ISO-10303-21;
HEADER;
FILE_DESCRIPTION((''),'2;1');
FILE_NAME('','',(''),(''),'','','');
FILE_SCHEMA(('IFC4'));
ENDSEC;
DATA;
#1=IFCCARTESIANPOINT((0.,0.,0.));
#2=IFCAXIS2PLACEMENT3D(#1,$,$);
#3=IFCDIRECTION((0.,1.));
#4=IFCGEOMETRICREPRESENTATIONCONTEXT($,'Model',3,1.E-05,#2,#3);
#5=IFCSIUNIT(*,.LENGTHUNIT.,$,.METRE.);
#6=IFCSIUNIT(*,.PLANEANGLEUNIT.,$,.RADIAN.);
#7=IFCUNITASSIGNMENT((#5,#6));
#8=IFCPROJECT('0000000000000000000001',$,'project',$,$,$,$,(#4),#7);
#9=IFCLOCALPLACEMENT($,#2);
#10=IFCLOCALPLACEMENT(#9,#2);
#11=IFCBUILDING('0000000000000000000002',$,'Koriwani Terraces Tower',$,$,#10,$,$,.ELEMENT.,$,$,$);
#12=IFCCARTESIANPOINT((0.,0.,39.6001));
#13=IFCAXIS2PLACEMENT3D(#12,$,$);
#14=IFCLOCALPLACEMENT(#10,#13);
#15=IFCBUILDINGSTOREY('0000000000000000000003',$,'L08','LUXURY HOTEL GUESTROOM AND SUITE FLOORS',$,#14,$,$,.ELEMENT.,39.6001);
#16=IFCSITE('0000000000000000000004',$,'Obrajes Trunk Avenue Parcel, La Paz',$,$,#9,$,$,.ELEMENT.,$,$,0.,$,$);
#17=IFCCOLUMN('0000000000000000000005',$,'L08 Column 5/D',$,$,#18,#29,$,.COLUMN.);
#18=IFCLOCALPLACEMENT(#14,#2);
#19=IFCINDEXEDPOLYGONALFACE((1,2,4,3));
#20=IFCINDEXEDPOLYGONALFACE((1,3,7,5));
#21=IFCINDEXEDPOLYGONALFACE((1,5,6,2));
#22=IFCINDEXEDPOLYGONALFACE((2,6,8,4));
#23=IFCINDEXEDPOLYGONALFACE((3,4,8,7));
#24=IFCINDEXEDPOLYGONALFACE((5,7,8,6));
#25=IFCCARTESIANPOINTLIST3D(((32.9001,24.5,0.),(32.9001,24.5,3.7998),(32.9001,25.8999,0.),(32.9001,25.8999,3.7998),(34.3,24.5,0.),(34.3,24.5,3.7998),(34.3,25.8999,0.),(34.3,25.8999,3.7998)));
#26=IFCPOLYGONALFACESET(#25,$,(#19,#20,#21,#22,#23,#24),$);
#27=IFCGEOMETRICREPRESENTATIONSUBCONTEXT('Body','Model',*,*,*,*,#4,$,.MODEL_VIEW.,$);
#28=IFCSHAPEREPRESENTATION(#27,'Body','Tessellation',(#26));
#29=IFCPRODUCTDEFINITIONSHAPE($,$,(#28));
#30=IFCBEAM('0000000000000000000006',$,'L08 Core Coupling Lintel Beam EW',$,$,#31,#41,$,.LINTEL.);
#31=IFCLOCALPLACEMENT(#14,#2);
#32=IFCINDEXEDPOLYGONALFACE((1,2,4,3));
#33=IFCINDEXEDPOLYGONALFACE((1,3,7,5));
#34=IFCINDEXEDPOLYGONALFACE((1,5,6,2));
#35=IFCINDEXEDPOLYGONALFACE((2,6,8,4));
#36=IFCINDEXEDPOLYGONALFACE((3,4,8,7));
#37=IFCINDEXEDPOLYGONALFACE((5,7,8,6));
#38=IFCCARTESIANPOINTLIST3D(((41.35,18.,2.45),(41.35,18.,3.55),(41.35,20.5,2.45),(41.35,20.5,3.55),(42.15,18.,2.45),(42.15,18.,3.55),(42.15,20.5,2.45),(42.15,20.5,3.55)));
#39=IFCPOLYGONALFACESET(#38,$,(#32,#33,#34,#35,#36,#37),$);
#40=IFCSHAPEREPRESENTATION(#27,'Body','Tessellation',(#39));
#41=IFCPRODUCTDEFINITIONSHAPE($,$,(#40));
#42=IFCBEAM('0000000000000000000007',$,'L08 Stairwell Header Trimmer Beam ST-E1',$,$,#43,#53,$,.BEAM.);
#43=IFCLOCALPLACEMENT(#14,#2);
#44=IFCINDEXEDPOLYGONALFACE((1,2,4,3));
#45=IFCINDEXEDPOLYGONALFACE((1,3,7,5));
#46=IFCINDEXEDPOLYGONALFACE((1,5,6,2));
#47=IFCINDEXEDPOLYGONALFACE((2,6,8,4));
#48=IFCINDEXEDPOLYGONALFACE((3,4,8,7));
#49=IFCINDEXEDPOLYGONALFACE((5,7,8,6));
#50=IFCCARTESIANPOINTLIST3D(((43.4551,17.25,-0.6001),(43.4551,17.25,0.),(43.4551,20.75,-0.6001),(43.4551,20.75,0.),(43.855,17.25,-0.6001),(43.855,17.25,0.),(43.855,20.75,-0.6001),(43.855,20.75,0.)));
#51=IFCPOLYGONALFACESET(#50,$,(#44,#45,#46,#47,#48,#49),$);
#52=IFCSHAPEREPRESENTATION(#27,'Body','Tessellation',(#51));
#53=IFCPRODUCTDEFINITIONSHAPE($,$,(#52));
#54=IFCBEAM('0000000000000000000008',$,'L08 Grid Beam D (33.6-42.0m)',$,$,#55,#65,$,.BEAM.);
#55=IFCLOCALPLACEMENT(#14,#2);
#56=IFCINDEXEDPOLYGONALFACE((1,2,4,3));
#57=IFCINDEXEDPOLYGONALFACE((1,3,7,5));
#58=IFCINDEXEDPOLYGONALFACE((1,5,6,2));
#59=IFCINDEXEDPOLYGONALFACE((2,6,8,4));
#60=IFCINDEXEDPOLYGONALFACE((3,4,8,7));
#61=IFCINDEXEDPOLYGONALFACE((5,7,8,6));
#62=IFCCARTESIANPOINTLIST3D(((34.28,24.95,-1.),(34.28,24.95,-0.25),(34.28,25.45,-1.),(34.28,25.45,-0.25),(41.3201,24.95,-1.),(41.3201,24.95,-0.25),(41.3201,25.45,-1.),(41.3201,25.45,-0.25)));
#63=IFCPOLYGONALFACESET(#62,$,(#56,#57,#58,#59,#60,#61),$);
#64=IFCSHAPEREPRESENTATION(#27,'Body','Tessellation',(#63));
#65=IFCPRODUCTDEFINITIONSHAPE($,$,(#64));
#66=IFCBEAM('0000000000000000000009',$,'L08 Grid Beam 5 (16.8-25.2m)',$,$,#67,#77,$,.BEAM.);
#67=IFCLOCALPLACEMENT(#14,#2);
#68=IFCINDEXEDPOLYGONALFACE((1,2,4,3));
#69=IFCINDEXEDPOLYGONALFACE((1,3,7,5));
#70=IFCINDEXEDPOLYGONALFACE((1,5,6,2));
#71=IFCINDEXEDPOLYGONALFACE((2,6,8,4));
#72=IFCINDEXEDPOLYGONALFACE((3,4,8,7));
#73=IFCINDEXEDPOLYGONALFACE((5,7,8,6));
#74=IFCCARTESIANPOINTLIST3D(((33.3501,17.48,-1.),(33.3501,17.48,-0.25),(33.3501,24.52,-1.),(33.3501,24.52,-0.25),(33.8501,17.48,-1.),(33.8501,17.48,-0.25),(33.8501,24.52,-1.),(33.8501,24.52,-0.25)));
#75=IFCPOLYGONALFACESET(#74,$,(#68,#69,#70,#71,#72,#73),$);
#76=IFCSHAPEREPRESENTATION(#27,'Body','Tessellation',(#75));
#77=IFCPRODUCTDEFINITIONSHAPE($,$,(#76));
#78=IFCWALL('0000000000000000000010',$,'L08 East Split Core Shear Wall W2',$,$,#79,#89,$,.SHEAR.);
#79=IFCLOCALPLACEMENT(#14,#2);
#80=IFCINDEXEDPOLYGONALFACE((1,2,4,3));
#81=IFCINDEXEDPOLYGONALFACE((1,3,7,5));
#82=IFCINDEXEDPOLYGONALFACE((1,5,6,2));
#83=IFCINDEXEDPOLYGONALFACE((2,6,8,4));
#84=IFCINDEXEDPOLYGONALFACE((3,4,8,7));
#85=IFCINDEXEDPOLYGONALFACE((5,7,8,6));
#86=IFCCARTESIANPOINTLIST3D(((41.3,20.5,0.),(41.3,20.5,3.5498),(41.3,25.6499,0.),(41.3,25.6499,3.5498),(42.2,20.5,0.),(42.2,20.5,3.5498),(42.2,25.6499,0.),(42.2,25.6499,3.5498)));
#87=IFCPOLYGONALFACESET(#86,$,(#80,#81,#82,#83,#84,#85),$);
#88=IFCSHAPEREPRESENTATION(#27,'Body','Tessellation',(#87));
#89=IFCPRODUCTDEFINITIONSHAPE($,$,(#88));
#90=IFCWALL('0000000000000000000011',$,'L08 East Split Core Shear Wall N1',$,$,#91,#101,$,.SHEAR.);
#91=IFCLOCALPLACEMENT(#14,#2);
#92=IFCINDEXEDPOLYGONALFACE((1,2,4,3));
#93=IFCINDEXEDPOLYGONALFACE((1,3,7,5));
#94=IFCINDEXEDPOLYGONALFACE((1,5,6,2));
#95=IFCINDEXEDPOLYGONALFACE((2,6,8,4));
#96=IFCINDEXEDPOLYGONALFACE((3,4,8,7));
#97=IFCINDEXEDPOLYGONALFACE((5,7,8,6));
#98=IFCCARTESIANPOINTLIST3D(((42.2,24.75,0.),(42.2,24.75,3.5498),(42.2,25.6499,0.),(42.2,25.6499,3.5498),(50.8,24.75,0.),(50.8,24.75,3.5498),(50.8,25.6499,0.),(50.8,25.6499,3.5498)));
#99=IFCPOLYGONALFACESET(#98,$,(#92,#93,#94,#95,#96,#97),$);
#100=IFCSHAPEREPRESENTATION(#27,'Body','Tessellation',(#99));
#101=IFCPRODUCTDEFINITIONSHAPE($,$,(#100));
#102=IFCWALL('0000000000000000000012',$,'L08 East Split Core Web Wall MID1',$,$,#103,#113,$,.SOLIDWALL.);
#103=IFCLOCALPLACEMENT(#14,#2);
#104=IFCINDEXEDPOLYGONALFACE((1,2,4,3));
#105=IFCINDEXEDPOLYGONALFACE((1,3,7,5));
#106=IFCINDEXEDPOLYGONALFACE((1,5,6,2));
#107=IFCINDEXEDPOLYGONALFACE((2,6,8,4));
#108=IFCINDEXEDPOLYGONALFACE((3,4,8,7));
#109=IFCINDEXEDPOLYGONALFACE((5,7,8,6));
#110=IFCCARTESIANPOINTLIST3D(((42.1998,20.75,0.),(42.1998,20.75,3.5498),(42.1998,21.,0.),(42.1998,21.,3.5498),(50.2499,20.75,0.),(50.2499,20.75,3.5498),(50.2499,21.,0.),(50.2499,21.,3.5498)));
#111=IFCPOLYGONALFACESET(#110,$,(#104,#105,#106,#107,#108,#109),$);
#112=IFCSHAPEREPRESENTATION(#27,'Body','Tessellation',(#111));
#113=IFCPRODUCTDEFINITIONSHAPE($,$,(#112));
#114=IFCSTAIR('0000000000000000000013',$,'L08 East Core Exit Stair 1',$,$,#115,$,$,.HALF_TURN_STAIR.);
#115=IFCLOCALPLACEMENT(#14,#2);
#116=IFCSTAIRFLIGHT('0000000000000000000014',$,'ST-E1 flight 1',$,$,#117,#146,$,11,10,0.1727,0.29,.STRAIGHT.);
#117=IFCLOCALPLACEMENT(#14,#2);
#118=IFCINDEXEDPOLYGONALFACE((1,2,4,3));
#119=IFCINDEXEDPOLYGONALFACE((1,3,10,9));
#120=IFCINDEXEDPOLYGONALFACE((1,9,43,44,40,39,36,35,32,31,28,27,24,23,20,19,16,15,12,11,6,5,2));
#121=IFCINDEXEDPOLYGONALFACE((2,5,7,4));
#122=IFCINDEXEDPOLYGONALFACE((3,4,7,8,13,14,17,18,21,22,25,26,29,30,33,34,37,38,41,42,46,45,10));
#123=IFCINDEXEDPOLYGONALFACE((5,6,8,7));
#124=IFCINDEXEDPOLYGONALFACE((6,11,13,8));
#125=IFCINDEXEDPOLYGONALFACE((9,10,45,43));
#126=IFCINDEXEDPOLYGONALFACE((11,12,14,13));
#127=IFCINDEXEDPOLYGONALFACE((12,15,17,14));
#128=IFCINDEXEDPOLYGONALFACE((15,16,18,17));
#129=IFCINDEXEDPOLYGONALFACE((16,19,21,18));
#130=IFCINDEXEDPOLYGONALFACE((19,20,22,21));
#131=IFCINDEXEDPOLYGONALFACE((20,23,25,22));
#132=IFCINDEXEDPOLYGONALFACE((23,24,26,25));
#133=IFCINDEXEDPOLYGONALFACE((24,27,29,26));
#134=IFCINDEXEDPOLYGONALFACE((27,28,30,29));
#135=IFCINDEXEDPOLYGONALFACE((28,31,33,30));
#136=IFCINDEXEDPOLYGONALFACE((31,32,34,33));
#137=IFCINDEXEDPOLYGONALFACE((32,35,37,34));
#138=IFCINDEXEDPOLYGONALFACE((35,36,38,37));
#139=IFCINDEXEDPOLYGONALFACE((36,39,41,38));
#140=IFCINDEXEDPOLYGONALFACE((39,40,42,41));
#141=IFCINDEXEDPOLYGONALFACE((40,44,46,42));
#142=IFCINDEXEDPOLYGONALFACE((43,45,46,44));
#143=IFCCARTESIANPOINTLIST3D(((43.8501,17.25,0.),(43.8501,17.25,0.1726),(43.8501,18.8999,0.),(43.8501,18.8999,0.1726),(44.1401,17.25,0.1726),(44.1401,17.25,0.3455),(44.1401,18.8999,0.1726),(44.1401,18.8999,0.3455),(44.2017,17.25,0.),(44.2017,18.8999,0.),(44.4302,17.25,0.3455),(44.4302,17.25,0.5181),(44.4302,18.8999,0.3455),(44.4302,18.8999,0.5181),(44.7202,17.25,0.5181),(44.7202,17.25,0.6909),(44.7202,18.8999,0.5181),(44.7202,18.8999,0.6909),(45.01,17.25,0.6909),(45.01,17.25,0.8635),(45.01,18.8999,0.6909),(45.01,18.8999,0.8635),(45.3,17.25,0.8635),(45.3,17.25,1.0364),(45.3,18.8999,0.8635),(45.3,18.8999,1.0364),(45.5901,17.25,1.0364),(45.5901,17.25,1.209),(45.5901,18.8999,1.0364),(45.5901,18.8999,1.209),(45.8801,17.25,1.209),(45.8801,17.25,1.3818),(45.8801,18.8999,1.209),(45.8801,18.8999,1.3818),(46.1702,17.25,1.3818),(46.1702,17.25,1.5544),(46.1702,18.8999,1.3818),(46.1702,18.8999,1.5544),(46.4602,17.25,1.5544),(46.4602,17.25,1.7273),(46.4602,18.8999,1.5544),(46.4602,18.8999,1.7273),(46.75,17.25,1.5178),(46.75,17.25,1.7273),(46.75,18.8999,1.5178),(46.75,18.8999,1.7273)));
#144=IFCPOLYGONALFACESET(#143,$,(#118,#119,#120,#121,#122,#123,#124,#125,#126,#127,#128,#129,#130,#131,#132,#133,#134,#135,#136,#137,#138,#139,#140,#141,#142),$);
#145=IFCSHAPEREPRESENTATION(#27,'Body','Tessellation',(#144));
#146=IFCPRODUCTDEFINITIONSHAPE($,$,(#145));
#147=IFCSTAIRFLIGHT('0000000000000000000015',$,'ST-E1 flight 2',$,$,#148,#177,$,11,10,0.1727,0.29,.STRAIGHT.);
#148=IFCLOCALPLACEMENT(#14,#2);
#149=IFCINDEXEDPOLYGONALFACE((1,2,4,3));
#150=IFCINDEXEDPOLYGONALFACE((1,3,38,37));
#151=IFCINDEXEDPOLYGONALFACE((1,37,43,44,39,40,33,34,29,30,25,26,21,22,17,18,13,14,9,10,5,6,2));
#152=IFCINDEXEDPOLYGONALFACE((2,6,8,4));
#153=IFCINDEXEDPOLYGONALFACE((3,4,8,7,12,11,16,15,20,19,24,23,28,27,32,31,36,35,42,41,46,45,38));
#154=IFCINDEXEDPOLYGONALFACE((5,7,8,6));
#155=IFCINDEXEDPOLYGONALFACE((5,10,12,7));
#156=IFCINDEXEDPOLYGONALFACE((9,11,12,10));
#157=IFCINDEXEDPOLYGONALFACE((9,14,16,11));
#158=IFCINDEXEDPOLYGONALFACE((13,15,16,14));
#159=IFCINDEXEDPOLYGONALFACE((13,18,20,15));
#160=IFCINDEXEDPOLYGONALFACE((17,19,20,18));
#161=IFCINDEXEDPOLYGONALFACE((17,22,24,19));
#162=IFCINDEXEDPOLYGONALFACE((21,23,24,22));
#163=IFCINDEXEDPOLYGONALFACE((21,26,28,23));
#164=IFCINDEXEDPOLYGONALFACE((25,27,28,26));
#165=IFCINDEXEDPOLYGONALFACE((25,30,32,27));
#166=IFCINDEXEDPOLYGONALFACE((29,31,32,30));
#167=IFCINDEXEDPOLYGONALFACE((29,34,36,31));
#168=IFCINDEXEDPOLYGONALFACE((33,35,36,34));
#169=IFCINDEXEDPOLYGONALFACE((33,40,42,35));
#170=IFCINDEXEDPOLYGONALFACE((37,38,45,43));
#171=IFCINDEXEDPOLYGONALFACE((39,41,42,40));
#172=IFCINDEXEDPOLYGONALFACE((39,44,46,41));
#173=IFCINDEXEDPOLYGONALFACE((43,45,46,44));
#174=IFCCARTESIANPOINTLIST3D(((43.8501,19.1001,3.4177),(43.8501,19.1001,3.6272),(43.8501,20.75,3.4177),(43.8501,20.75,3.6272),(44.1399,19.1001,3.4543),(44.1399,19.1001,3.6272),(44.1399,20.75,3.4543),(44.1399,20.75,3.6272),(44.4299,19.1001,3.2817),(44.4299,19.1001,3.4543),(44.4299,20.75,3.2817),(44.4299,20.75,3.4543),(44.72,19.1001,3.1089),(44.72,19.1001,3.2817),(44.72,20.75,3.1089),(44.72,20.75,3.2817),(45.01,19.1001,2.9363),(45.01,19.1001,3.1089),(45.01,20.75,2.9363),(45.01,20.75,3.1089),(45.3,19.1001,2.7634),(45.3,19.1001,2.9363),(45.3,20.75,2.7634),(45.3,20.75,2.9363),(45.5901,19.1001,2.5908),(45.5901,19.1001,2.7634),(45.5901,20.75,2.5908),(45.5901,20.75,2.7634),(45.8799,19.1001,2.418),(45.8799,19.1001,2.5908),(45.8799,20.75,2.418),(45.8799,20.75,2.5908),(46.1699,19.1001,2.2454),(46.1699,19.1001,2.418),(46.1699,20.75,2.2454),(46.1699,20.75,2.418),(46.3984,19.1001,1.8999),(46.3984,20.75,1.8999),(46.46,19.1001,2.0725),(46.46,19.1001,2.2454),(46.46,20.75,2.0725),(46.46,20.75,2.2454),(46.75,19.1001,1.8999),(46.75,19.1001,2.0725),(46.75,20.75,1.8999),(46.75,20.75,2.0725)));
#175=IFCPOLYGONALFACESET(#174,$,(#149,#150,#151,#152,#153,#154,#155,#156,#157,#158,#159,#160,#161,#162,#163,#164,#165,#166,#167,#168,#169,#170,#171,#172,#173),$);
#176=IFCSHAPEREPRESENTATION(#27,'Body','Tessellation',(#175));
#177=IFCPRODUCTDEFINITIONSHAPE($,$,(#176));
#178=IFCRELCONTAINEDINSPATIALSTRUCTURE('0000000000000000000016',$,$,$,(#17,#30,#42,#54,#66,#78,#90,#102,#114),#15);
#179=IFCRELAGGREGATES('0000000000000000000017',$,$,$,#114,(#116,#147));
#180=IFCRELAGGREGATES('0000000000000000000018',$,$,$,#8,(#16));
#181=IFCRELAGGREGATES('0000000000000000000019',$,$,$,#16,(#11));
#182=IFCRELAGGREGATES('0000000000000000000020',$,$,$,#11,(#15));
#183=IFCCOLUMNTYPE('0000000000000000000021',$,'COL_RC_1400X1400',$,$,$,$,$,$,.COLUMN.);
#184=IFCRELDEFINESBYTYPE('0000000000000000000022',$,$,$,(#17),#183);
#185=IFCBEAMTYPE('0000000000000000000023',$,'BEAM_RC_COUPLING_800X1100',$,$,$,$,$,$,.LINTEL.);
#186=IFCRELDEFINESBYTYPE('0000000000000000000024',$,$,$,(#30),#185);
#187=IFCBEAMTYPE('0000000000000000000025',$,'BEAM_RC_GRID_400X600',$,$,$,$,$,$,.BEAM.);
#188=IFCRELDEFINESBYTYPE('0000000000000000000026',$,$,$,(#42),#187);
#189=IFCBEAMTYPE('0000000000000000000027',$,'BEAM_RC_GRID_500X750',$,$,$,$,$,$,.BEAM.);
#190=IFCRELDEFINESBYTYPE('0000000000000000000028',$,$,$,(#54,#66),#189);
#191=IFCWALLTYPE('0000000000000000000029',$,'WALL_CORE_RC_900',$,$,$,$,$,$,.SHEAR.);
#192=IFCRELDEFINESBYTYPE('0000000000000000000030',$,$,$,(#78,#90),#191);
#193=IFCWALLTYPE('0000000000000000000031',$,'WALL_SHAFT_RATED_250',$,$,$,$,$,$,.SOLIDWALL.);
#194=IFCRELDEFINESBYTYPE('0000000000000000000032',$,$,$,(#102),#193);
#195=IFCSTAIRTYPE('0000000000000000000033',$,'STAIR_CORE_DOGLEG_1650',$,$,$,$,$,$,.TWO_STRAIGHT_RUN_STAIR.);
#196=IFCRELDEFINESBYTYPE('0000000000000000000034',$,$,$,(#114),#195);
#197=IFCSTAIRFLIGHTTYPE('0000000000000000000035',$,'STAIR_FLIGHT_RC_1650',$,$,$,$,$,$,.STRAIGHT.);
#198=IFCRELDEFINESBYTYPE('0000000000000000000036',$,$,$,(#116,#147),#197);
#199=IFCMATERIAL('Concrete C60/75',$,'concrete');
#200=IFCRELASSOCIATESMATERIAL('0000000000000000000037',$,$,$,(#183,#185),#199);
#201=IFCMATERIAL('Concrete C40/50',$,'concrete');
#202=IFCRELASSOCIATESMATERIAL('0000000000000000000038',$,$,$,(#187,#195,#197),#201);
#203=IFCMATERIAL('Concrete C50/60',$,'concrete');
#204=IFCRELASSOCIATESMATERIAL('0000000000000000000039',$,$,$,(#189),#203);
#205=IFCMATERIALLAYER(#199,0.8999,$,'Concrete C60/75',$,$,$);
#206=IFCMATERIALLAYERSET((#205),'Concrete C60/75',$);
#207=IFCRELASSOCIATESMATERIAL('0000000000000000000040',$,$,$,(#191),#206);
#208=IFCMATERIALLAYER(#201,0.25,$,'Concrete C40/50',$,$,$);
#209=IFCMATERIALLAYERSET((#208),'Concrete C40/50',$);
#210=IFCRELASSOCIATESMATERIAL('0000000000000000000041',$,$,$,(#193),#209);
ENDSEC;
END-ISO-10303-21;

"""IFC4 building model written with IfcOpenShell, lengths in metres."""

from ifc_helpers import new_model, si_unit, direction, frame, frame_2d, origin, origin_2d, place, context, subcontext, project, spatial, polyline, rectangle, outline, extrude, material, layer, layer_set, material_profile, profile_set, type_object, element, aggregate, save


model = new_model("IFC4")

# Units and contexts
model_context = context("Model", 3, precision=1e-05, world=origin(), true_north=direction((0.0, 1.0)))
body_context = subcontext(model_context, "Body", "Model", "MODEL_VIEW")
ifc_project = project(units=[si_unit("LENGTHUNIT", "METRE"), si_unit("PLANEANGLEUNIT", "RADIAN")], contexts=[model_context])

# Site, building, storey
site_placement = place(None, origin())
site = spatial("IfcSite", under=ifc_project, at=site_placement, Name="Obrajes Trunk Avenue Parcel, La Paz", CompositionType="ELEMENT", RefElevation=0.0)
building_placement = place(site_placement, origin())
building = spatial("IfcBuilding", under=site, at=building_placement, Name="Koriwani Terraces Tower", CompositionType="ELEMENT")
storey_placement = place(building_placement, frame((0.0, 0.0, 39.6001)))
storey = spatial("IfcBuildingStorey", under=building, at=storey_placement, Name="L08", Description="LUXURY HOTEL GUESTROOM AND SUITE FLOORS", CompositionType="ELEMENT", Elevation=39.6001)

# Column
ifc_material_1 = material(Name="Concrete C60/75", Category="concrete")
ifc_material_profile_1 = material_profile(ifc_material_1, rectangle(XDim=1.3999, YDim=1.3999, at=origin_2d()), Name="Concrete C60/75", Category="LoadBearing")
ifc_profile_set_1 = profile_set([ifc_material_profile_1], Name="Concrete C60/75")
column_type = type_object("IfcColumnType", Name="COL_RC_1400X1400", PredefinedType="COLUMN", material=ifc_profile_set_1)
column_placement = place(storey_placement, frame((33.6001, 25.2, 0.0), z_axis=(0.0, 0.0, 1.0), x_axis=(1.0, 0.0, 0.0)))
element("IfcColumn", 1, at=column_placement, inside=storey, type_object=column_type, Name="L08 Column 5/D", PredefinedType="COLUMN", context=body_context, shape_type="SweptSolid", body=[
    extrude(rectangle(XDim=1.3999, YDim=1.3999, at=origin_2d()), origin(), (0.0, 0.0, 1.0), 3.7998),
])

# Beams
ifc_material_profile_2 = material_profile(ifc_material_1, rectangle(XDim=0.8, YDim=1.1001, at=origin_2d()), Name="Concrete C60/75", Category="LoadBearing")
ifc_profile_set_2 = profile_set([ifc_material_profile_2], Name="Concrete C60/75")
beam_type_1 = type_object("IfcBeamType", Name="BEAM_RC_COUPLING_800X1100", PredefinedType="LINTEL", material=ifc_profile_set_2)
beam_1_placement = place(storey_placement, frame((41.75, 18.0, 3.0), z_axis=(0.0, 1.0, 0.0), x_axis=(-1.0, 0.0, 0.0)))
element("IfcBeam", 2, at=beam_1_placement, inside=storey, type_object=beam_type_1, Name="L08 Core Coupling Lintel Beam EW", PredefinedType="LINTEL", context=body_context, shape_type="SweptSolid", body=[
    extrude(rectangle(XDim=0.8, YDim=1.1001, at=origin_2d()), origin(), (0.0, 0.0, 1.0), 2.5),
])
ifc_material_2 = material(Name="Concrete C40/50", Category="concrete")
ifc_material_profile_3 = material_profile(ifc_material_2, rectangle(XDim=0.3999, YDim=0.6001, at=origin_2d()), Name="Concrete C40/50", Category="LoadBearing")
ifc_profile_set_3 = profile_set([ifc_material_profile_3], Name="Concrete C40/50")
beam_type_2 = type_object("IfcBeamType", Name="BEAM_RC_GRID_400X600", PredefinedType="BEAM", material=ifc_profile_set_3)
beam_2_placement = place(storey_placement, frame((43.655, 17.25, -0.3), z_axis=(0.0, 1.0, 0.0), x_axis=(-1.0, 0.0, 0.0)))
element("IfcBeam", 3, at=beam_2_placement, inside=storey, type_object=beam_type_2, Name="L08 Stairwell Header Trimmer Beam ST-E1", PredefinedType="BEAM", context=body_context, shape_type="SweptSolid", body=[
    extrude(rectangle(XDim=0.3999, YDim=0.6001, at=origin_2d()), origin(), (0.0, 0.0, 1.0), 3.5),
])
ifc_material_3 = material(Name="Concrete C50/60", Category="concrete")
ifc_material_profile_4 = material_profile(ifc_material_3, rectangle(XDim=0.5, YDim=0.75, at=origin_2d()), Name="Concrete C50/60", Category="LoadBearing")
ifc_profile_set_4 = profile_set([ifc_material_profile_4], Name="Concrete C50/60")
beam_type_3 = type_object("IfcBeamType", Name="BEAM_RC_GRID_500X750", PredefinedType="BEAM", material=ifc_profile_set_4)
for number, where, z_axis, x_axis, name in (
    (4, (34.28, 25.2, -0.625), (1.0, 0.0, 0.0), (0.0, 1.0, 0.0), "L08 Grid Beam D (33.6-42.0m)"),
    (5, (33.6001, 17.48, -0.625), (0.0, 1.0, 0.0), (-1.0, 0.0, 0.0), "L08 Grid Beam 5 (16.8-25.2m)"),
):
    element("IfcBeam", number, at=place(storey_placement, frame(where, z_axis=z_axis, x_axis=x_axis)), inside=storey, type_object=beam_type_3, Name=name, PredefinedType="BEAM", context=body_context, shape_type="SweptSolid", body=[
        extrude(rectangle(XDim=0.5, YDim=0.75, at=origin_2d()), origin(), (0.0, 0.0, 1.0), 7.04),
    ])

# Walls
ifc_layer_1 = layer(ifc_material_1, 0.8999, Name="Concrete C60/75")
ifc_layer_set_1 = layer_set([ifc_layer_1], Name="Concrete C60/75")
wall_type_1 = type_object("IfcWallType", Name="WALL_CORE_RC_900", PredefinedType="SHEAR", material=ifc_layer_set_1)
wall_1_placement = place(storey_placement, frame((41.75, 20.5, 0.0), z_axis=(0.0, 0.0, 1.0), x_axis=(0.0, 1.0, 0.0)))
element("IfcWall", 6, at=wall_1_placement, inside=storey, type_object=wall_type_1, Name="L08 East Split Core Shear Wall W2", PredefinedType="SHEAR", context=body_context, shape_type="SweptSolid", body=[
    extrude(rectangle(XDim=5.1499, YDim=0.8999, at=frame_2d((2.575, 0.0))), origin(), (0.0, 0.0, 1.0), 3.5498),
])
wall_2_placement = place(storey_placement, frame((42.2, 25.2, 0.0), z_axis=(0.0, 0.0, 1.0), x_axis=(1.0, 0.0, 0.0)))
element("IfcWall", 7, at=wall_2_placement, inside=storey, type_object=wall_type_1, Name="L08 East Split Core Shear Wall N1", PredefinedType="SHEAR", context=body_context, shape_type="SweptSolid", body=[
    extrude(rectangle(XDim=8.6001, YDim=0.8999, at=frame_2d((4.3, 0.0))), origin(), (0.0, 0.0, 1.0), 3.5498),
])
ifc_layer_2 = layer(ifc_material_2, 0.25, Name="Concrete C40/50")
ifc_layer_set_2 = layer_set([ifc_layer_2], Name="Concrete C40/50")
wall_type_2 = type_object("IfcWallType", Name="WALL_SHAFT_RATED_250", PredefinedType="SOLIDWALL", material=ifc_layer_set_2)
wall_3_placement = place(storey_placement, frame((42.2, 20.875, 0.0), z_axis=(0.0, 0.0, 1.0), x_axis=(1.0, 0.0, 0.0)))
element("IfcWall", 8, at=wall_3_placement, inside=storey, type_object=wall_type_2, Name="L08 East Split Core Web Wall MID1", PredefinedType="SOLIDWALL", context=body_context, shape_type="SweptSolid", body=[
    extrude(rectangle(XDim=8.05, YDim=0.25, at=frame_2d((4.0249, 0.0))), origin(), (0.0, 0.0, 1.0), 3.5498),
])

# Stair, stair flights
stair_type = type_object("IfcStairType", Name="STAIR_CORE_DOGLEG_1650", PredefinedType="TWO_STRAIGHT_RUN_STAIR", material=ifc_material_2)
stair_placement = place(storey_placement, origin())
stair = element("IfcStair", 9, at=stair_placement, inside=storey, type_object=stair_type, Name="L08 East Core Exit Stair 1", PredefinedType="HALF_TURN_STAIR")
stair_flight_type = type_object("IfcStairFlightType", Name="STAIR_FLIGHT_RC_1650", PredefinedType="STRAIGHT", material=ifc_material_2)
stair_flight_1_placement = place(storey_placement, frame((43.8501, 18.075, 0.0), z_axis=(0.0, 0.0, 1.0), x_axis=(1.0, 0.0, 0.0)))
stair_flight_1 = element("IfcStairFlight", 10, at=stair_flight_1_placement, type_object=stair_flight_type, Name="ST-E1 flight 1", NumberOfRisers=11, NumberOfTreads=10, PredefinedType="STRAIGHT", RiserHeight=0.1727, TreadLength=0.29, context=body_context, shape_type="SweptSolid", body=[
    extrude(outline(polyline([(0.0, 0.0), (0.0, 0.1726), (0.29, 0.1726), (0.29, 0.3455), (0.5801, 0.3455), (0.5801, 0.5181), (0.8701, 0.5181), (0.8701, 0.6909), (1.1599, 0.6909), (1.1599, 0.8635), (1.45, 0.8635), (1.45, 1.0364), (1.74, 1.0364), (1.74, 1.209), (2.03, 1.209), (2.03, 1.3818), (2.3201, 1.3818), (2.3201, 1.5544), (2.6101, 1.5544), (2.6101, 1.7273), (2.8999, 1.7273), (2.8999, 1.8999), (2.8999, 1.5178), (0.3516, 0.0), (0.0, 0.0)])), frame((0.0, 0.825, 0.0), z_axis=(0.0, -1.0, 0.0), x_axis=(1.0, 0.0, 0.0)), (0.0, 0.0, 1.0), 1.6499),
])
stair_flight_2_placement = place(storey_placement, frame((46.75, 19.925, 1.8999), z_axis=(0.0, 0.0, 1.0), x_axis=(-1.0, 0.0, 0.0)))
stair_flight_2 = element("IfcStairFlight", 11, at=stair_flight_2_placement, type_object=stair_flight_type, Name="ST-E1 flight 2", NumberOfRisers=11, NumberOfTreads=10, PredefinedType="STRAIGHT", RiserHeight=0.1727, TreadLength=0.29, context=body_context, shape_type="SweptSolid", body=[
    extrude(outline(polyline([(0.0, 0.0), (0.0, 0.1726), (0.29, 0.1726), (0.29, 0.3455), (0.5801, 0.3455), (0.5801, 0.5181), (0.8701, 0.5181), (0.8701, 0.6909), (1.1599, 0.6909), (1.1599, 0.8635), (1.45, 0.8635), (1.45, 1.0364), (1.74, 1.0364), (1.74, 1.209), (2.03, 1.209), (2.03, 1.3818), (2.3201, 1.3818), (2.3201, 1.5544), (2.6101, 1.5544), (2.6101, 1.7273), (2.8999, 1.7273), (2.8999, 1.8999), (2.8999, 1.5178), (0.3516, 0.0), (0.0, 0.0)])), frame((0.0, 0.825, 0.0), z_axis=(0.0, -1.0, 0.0), x_axis=(1.0, 0.0, 0.0)), (0.0, 0.0, 1.0), 1.6499),
])
aggregate(stair, [stair_flight_1, stair_flight_2])

save(model, "model.ifc")
